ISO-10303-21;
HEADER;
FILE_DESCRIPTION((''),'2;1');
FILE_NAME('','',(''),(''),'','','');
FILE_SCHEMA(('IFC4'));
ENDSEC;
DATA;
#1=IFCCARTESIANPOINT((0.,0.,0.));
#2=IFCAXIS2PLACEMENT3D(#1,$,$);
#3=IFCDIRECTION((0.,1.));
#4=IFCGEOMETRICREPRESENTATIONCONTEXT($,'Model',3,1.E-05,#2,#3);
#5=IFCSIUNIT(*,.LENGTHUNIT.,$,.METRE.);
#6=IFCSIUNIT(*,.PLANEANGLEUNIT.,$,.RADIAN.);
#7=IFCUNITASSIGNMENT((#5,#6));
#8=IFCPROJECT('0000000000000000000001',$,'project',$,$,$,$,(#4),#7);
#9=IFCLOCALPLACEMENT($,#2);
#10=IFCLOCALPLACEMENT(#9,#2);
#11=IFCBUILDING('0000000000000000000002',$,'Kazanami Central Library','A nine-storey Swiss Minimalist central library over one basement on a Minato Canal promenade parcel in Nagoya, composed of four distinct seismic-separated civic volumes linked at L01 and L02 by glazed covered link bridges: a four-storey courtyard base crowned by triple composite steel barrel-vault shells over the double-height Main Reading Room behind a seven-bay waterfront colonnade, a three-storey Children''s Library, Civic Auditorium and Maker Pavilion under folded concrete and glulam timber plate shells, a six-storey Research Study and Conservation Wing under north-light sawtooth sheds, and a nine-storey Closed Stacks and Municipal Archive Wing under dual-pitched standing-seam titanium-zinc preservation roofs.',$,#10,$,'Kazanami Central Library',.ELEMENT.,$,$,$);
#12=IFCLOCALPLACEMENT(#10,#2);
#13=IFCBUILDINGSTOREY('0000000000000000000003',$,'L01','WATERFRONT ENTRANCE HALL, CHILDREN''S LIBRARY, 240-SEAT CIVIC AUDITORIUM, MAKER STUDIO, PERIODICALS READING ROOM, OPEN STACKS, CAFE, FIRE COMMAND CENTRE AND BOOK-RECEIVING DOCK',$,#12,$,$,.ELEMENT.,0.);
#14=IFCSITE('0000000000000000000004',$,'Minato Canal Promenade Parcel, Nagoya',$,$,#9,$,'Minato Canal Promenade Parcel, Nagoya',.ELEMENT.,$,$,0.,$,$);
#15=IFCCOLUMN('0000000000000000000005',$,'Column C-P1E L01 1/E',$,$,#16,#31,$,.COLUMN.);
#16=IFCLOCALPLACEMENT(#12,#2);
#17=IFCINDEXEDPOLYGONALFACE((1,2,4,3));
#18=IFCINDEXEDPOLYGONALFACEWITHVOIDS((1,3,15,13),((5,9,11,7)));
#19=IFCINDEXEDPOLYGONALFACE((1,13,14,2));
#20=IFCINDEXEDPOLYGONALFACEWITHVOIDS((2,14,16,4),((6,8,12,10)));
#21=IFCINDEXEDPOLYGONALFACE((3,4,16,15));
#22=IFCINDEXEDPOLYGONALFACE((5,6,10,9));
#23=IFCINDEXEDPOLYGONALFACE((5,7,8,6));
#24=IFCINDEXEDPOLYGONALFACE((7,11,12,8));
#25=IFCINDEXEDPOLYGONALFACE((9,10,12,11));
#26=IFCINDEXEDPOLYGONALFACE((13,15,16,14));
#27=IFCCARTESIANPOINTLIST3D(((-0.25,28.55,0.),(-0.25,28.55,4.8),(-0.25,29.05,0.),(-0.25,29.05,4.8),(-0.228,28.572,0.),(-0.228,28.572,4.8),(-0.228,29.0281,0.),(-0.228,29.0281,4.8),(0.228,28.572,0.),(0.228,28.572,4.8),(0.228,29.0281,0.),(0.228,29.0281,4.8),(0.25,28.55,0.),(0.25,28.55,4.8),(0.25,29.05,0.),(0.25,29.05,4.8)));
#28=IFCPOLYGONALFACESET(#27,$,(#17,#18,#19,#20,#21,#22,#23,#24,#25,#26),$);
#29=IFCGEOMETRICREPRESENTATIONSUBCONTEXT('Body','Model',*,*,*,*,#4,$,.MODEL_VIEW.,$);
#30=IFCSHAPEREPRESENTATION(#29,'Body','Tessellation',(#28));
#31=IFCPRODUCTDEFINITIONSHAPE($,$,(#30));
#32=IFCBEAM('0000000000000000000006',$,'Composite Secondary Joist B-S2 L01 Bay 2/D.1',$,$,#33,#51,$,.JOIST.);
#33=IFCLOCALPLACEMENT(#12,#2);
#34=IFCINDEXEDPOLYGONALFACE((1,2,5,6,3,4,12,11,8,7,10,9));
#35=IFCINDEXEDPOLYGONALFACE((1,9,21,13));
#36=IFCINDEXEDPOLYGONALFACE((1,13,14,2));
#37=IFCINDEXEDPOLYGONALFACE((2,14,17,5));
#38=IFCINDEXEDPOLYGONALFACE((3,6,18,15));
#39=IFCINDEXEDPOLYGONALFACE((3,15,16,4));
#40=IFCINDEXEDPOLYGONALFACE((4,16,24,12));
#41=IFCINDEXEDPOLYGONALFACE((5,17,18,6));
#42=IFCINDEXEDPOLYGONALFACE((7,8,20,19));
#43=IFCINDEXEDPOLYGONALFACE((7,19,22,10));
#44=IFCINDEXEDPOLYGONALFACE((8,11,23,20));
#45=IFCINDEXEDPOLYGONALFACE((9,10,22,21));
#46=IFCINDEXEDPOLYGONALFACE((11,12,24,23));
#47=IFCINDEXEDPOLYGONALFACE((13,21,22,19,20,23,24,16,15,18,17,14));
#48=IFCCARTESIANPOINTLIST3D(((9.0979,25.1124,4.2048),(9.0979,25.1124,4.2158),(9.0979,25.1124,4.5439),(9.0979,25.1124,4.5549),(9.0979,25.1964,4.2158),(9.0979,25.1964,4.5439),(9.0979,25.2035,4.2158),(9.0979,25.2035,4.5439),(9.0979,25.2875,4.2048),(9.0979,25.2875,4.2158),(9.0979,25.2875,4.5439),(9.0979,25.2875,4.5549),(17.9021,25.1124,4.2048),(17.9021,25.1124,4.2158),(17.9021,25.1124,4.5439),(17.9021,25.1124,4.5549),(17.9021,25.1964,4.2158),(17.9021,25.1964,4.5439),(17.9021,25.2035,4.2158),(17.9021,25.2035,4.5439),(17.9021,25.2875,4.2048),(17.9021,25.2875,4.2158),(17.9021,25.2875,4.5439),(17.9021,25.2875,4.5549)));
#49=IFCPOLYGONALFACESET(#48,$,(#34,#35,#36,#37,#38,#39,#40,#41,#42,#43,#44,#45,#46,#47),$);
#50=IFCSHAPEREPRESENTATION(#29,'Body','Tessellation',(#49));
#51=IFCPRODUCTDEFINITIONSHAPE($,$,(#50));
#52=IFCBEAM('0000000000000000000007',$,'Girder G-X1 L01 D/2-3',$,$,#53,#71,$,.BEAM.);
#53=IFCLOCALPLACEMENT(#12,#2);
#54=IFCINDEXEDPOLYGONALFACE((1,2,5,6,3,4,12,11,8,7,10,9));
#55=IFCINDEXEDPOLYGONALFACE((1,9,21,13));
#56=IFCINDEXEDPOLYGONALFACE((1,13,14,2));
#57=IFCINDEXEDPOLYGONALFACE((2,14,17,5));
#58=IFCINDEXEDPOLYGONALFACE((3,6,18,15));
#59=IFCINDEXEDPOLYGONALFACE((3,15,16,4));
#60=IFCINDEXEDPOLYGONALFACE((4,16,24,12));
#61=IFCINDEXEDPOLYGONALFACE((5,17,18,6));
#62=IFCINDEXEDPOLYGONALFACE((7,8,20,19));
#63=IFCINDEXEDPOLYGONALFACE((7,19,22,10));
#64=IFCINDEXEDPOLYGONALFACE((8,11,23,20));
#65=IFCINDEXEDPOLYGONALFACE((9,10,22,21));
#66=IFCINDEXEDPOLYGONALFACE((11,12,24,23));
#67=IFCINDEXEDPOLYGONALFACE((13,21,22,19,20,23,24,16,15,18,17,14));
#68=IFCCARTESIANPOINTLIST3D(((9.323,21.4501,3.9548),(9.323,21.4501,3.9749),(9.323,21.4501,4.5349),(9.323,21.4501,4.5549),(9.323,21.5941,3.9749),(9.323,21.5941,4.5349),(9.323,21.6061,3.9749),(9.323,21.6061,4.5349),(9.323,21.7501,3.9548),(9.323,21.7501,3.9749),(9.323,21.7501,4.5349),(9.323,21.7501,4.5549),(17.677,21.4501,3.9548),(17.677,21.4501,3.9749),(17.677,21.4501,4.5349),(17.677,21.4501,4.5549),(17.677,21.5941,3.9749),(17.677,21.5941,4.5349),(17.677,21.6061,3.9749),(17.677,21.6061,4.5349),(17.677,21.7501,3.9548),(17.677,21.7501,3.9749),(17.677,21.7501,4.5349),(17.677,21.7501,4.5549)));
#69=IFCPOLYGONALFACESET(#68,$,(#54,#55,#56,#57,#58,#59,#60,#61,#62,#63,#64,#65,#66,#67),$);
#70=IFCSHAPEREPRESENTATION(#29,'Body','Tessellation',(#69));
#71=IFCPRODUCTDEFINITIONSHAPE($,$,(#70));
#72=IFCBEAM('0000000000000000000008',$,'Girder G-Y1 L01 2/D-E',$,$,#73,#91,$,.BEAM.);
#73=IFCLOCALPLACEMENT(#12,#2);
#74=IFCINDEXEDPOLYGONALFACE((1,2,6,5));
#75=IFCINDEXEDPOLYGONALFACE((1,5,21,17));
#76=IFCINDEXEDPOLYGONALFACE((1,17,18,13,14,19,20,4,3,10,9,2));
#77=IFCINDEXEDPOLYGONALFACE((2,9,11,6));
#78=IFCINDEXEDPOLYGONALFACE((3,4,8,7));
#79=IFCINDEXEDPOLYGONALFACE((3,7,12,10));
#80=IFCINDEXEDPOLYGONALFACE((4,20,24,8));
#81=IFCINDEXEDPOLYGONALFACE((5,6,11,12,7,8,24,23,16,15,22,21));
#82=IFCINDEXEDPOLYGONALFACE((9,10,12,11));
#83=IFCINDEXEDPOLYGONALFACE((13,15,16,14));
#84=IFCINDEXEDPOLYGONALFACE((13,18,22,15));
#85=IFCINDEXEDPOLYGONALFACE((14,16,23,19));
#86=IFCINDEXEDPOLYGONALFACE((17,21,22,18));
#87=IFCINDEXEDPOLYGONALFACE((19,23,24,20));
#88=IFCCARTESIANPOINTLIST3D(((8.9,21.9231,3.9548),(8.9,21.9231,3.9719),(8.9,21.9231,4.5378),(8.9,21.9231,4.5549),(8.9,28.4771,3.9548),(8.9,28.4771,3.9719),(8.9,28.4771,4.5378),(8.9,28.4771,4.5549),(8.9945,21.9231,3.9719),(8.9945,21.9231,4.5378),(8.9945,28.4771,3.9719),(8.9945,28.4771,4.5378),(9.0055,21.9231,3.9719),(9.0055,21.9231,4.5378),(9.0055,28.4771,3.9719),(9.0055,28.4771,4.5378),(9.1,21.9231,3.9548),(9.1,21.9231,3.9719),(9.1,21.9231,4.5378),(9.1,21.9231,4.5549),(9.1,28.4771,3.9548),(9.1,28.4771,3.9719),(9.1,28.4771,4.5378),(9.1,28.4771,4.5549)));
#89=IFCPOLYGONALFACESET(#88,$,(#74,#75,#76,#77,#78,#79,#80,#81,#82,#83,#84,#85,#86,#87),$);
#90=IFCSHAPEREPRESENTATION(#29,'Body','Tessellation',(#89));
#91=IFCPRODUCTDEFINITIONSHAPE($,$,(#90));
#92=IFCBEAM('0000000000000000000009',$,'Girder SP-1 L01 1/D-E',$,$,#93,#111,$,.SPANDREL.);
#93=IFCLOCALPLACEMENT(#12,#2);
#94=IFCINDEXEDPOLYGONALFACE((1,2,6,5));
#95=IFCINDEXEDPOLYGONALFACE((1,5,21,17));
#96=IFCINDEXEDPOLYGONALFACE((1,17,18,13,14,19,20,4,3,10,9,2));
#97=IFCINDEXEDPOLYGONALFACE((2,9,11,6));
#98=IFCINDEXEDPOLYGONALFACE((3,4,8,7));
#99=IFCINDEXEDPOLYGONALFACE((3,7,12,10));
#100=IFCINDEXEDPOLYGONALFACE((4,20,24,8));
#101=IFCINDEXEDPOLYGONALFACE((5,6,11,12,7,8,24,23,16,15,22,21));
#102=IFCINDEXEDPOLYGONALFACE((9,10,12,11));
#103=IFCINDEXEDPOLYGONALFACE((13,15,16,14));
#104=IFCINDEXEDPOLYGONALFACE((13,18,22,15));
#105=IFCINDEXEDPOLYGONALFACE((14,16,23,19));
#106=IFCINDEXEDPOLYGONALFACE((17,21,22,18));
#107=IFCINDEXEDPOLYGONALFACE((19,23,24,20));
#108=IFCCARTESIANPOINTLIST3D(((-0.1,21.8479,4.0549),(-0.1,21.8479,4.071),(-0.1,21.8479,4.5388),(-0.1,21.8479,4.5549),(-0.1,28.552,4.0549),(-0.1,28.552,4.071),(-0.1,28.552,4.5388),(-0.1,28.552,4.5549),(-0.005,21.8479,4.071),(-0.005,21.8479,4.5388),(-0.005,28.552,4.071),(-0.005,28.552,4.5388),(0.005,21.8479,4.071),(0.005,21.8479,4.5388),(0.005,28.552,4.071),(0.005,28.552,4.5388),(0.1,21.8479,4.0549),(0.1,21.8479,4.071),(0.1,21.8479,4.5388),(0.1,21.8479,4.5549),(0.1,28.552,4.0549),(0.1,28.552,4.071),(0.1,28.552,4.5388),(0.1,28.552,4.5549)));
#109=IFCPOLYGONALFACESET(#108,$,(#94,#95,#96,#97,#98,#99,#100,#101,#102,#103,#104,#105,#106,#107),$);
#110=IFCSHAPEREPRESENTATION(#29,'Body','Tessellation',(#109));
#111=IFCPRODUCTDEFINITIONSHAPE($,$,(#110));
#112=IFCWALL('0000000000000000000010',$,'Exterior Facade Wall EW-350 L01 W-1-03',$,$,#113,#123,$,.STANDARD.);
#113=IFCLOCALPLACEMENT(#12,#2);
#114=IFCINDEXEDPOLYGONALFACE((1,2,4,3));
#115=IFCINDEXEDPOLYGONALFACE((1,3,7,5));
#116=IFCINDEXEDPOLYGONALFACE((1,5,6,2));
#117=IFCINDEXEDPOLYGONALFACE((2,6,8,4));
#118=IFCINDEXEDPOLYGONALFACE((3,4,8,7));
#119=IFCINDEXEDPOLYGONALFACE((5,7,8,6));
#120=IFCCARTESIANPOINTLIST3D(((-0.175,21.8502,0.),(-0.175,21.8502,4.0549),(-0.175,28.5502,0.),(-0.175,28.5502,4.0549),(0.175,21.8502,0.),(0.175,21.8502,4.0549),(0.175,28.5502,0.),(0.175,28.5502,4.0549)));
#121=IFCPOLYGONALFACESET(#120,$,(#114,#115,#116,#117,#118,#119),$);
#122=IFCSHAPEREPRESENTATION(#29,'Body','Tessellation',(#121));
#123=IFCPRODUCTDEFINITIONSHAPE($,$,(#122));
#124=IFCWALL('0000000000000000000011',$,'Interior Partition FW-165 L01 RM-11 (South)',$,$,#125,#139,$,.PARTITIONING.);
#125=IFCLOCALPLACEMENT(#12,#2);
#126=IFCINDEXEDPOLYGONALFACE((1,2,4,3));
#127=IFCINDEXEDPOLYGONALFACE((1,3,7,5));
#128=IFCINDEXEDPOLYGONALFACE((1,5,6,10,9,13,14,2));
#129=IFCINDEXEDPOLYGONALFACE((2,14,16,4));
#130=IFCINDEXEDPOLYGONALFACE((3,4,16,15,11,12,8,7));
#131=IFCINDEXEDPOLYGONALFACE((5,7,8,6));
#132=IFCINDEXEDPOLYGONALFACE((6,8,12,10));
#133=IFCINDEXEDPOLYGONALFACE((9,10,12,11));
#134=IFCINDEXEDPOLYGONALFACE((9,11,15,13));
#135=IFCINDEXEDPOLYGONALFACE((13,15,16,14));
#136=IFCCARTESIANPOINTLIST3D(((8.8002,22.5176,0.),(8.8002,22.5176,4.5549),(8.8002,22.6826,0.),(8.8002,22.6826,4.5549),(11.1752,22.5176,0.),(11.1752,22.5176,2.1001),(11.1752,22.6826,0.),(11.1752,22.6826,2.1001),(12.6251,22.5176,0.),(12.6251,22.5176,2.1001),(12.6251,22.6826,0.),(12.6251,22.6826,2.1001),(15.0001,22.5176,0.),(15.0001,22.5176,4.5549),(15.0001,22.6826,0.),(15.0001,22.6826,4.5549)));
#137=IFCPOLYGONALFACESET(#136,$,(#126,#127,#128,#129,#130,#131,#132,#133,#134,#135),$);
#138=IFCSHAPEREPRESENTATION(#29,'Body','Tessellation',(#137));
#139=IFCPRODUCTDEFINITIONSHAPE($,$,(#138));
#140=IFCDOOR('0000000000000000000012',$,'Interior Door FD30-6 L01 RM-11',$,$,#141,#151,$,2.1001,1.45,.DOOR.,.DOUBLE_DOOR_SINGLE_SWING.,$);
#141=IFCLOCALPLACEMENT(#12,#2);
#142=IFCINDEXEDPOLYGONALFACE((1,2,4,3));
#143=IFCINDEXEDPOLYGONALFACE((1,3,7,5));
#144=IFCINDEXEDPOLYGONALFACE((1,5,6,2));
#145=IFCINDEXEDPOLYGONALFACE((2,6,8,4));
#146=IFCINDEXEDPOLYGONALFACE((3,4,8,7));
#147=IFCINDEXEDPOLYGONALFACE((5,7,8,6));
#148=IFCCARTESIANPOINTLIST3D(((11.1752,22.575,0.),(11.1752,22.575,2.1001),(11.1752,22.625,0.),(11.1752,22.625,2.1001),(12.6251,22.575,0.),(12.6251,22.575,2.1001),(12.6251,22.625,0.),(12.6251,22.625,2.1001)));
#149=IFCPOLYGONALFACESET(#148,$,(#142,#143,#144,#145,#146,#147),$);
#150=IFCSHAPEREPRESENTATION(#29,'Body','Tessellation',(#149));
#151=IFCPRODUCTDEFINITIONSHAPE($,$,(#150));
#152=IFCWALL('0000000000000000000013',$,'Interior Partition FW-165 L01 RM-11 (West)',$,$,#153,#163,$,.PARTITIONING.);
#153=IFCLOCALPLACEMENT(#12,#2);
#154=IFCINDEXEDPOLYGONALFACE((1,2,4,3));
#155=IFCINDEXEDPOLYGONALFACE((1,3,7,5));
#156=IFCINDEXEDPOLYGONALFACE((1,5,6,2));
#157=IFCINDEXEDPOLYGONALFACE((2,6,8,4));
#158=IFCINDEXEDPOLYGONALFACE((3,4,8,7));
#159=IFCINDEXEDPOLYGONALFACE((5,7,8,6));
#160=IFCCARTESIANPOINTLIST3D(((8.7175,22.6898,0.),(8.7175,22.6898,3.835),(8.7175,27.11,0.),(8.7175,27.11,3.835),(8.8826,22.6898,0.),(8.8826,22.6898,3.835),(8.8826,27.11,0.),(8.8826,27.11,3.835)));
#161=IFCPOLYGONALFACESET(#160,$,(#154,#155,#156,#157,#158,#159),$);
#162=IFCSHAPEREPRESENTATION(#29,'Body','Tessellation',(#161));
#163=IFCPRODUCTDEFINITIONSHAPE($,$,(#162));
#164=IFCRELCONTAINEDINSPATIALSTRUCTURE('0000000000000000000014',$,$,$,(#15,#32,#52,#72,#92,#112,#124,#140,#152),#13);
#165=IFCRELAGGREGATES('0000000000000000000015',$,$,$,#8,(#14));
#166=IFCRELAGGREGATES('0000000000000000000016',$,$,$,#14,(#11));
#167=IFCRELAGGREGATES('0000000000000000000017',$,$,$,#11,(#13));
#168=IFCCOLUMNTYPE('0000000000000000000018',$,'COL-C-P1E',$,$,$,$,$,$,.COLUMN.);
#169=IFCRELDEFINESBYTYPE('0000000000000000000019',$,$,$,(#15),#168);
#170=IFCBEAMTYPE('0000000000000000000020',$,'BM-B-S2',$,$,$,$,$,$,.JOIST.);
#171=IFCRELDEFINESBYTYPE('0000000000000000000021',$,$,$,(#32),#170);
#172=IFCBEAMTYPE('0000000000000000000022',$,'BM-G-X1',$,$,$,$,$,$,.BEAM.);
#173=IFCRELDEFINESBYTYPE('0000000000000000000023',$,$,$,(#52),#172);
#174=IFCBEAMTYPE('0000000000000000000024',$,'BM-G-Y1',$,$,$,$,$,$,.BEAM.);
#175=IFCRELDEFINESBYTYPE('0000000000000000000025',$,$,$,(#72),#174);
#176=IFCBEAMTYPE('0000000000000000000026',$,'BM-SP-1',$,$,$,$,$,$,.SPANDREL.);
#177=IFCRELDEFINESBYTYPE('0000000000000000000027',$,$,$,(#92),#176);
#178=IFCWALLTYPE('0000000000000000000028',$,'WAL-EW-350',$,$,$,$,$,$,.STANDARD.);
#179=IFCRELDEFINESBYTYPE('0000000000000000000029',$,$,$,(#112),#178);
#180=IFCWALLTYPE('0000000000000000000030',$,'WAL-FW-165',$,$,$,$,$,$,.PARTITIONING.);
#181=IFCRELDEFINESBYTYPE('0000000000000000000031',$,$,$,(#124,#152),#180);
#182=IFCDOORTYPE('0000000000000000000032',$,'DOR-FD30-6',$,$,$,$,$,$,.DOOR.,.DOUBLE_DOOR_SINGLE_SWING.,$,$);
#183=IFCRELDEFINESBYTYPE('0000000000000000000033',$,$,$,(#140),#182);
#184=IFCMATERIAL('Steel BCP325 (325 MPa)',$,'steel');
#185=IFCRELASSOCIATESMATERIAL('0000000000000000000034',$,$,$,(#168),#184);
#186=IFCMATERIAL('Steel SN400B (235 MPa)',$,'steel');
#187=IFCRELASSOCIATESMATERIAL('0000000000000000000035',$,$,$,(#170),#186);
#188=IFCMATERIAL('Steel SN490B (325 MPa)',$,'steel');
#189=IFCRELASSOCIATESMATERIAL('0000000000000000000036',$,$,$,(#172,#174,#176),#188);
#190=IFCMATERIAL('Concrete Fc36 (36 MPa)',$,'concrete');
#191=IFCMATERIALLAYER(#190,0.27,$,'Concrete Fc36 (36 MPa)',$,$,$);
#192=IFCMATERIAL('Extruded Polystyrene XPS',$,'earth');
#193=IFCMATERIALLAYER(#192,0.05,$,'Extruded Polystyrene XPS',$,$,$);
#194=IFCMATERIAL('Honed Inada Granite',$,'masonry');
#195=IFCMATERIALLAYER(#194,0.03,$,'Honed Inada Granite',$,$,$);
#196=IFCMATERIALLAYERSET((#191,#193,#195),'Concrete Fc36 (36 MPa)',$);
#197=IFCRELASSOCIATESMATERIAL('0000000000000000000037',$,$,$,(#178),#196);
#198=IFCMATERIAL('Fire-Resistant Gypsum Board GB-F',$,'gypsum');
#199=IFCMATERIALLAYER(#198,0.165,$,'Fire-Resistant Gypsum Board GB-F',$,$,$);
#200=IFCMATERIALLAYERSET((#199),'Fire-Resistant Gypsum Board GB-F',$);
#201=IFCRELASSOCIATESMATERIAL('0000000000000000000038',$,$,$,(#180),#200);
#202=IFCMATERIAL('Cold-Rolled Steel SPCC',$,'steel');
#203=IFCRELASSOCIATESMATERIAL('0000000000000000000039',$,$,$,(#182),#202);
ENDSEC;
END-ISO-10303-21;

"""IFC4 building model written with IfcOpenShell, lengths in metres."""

from ifc_helpers import new_model, si_unit, direction, frame, frame_2d, origin, origin_2d, place, context, subcontext, project, spatial, rectangle, hollow_rectangle, i_section, extrude, material, layer, layer_set, material_profile, profile_set, type_object, element, fill, save


model = new_model("IFC4")

# Units and contexts
model_context = context("Model", 3, precision=1e-05, world=origin(), true_north=direction((0.0, 1.0)))
body_context = subcontext(model_context, "Body", "Model", "MODEL_VIEW")
ifc_project = project(units=[si_unit("LENGTHUNIT", "METRE"), si_unit("PLANEANGLEUNIT", "RADIAN")], contexts=[model_context])

# Site, building, storey
site_placement = place(None, origin())
site = spatial("IfcSite", under=ifc_project, at=site_placement, Name="Minato Canal Promenade Parcel, Nagoya", LongName="Minato Canal Promenade Parcel, Nagoya", CompositionType="ELEMENT", RefElevation=0.0)
building_placement = place(site_placement, origin())
building = spatial("IfcBuilding", under=site, at=building_placement, Name="Kazanami Central Library", Description="A nine-storey Swiss Minimalist central library over one basement on a Minato Canal promenade parcel in Nagoya, composed of four distinct seismic-separated civic volumes linked at L01 and L02 by glazed covered link bridges: a four-storey courtyard base crowned by triple composite steel barrel-vault shells over the double-height Main Reading Room behind a seven-bay waterfront colonnade, a three-storey Children's Library, Civic Auditorium and Maker Pavilion under folded concrete and glulam timber plate shells, a six-storey Research Study and Conservation Wing under north-light sawtooth sheds, and a nine-storey Closed Stacks and Municipal Archive Wing under dual-pitched standing-seam titanium-zinc preservation roofs.", LongName="Kazanami Central Library", CompositionType="ELEMENT")
storey_placement = place(building_placement, origin())
storey = spatial("IfcBuildingStorey", under=building, at=storey_placement, Name="L01", Description="WATERFRONT ENTRANCE HALL, CHILDREN'S LIBRARY, 240-SEAT CIVIC AUDITORIUM, MAKER STUDIO, PERIODICALS READING ROOM, OPEN STACKS, CAFE, FIRE COMMAND CENTRE AND BOOK-RECEIVING DOCK", CompositionType="ELEMENT", Elevation=0.0)

# Column
ifc_material_1 = material(Name="Steel BCP325 (325 MPa)", Category="steel")
ifc_material_profile_1 = material_profile(ifc_material_1, hollow_rectangle(XDim=0.5, YDim=0.5, WallThickness=0.022, at=origin_2d()), Name="BCP-500x500x22")
ifc_profile_set_1 = profile_set([ifc_material_profile_1], Name="Steel BCP325 (325 MPa)")
column_type = type_object("IfcColumnType", Name="COL-C-P1E", PredefinedType="COLUMN", material=ifc_profile_set_1)
column_placement = place(storey_placement, frame((0.0, 28.8, 0.0), z_axis=(0.0, 0.0, 1.0), x_axis=(1.0, 0.0, 0.0)))
element("IfcColumn", 1, at=column_placement, inside=storey, type_object=column_type, Name="Column C-P1E L01 1/E", PredefinedType="COLUMN", context=body_context, shape_type="SweptSolid", body=[
    extrude(hollow_rectangle(XDim=0.5, YDim=0.5, WallThickness=0.022, at=origin_2d()), origin(), (0.0, 0.0, 1.0), 4.8),
])

# Beams
ifc_material_2 = material(Name="Steel SN400B (235 MPa)", Category="steel")
ifc_material_profile_2 = material_profile(ifc_material_2, i_section(OverallWidth=0.175, OverallDepth=0.3501, WebThickness=0.0071, FlangeThickness=0.011, at=origin_2d()), Name="H-350x175x7x11")
ifc_profile_set_2 = profile_set([ifc_material_profile_2], Name="Steel SN400B (235 MPa)")
beam_type_1 = type_object("IfcBeamType", Name="BM-B-S2", PredefinedType="JOIST", material=ifc_profile_set_2)
beam_1_placement = place(storey_placement, frame((9.0979, 25.2, 4.3799), z_axis=(1.0, 0.0, 0.0), x_axis=(0.0, 1.0, 0.0)))
element("IfcBeam", 2, at=beam_1_placement, inside=storey, type_object=beam_type_1, Name="Composite Secondary Joist B-S2 L01 Bay 2/D.1", PredefinedType="JOIST", context=body_context, shape_type="SweptSolid", body=[
    extrude(i_section(OverallWidth=0.175, OverallDepth=0.3501, WebThickness=0.0071, FlangeThickness=0.011, at=origin_2d()), origin(), (0.0, 0.0, 1.0), 8.8042),
])
ifc_material_3 = material(Name="Steel SN490B (325 MPa)", Category="steel")
ifc_material_profile_3 = material_profile(ifc_material_3, i_section(OverallWidth=0.3, OverallDepth=0.6001, WebThickness=0.012, FlangeThickness=0.02, at=origin_2d()), Name="H-600x300x12x20")
ifc_profile_set_3 = profile_set([ifc_material_profile_3], Name="Steel SN490B (325 MPa)")
beam_type_2 = type_object("IfcBeamType", Name="BM-G-X1", PredefinedType="BEAM", material=ifc_profile_set_3)
beam_2_placement = place(storey_placement, frame((9.323, 21.6001, 4.2549), z_axis=(1.0, 0.0, 0.0), x_axis=(0.0, 1.0, 0.0)))
element("IfcBeam", 3, at=beam_2_placement, inside=storey, type_object=beam_type_2, Name="Girder G-X1 L01 D/2-3", PredefinedType="BEAM", context=body_context, shape_type="SweptSolid", body=[
    extrude(i_section(OverallWidth=0.3, OverallDepth=0.6001, WebThickness=0.012, FlangeThickness=0.02, at=origin_2d()), origin(), (0.0, 0.0, 1.0), 8.354),
])
ifc_material_profile_4 = material_profile(ifc_material_3, i_section(OverallWidth=0.2, OverallDepth=0.6001, WebThickness=0.011, FlangeThickness=0.0171, at=origin_2d()), Name="H-600x200x11x17")
ifc_profile_set_4 = profile_set([ifc_material_profile_4], Name="Steel SN490B (325 MPa)")
beam_type_3 = type_object("IfcBeamType", Name="BM-G-Y1", PredefinedType="BEAM", material=ifc_profile_set_4)
beam_3_placement = place(storey_placement, frame((9.0, 21.9231, 4.2549), z_axis=(0.0, 1.0, 0.0), x_axis=(-1.0, 0.0, 0.0)))
element("IfcBeam", 4, at=beam_3_placement, inside=storey, type_object=beam_type_3, Name="Girder G-Y1 L01 2/D-E", PredefinedType="BEAM", context=body_context, shape_type="SweptSolid", body=[
    extrude(i_section(OverallWidth=0.2, OverallDepth=0.6001, WebThickness=0.011, FlangeThickness=0.0171, at=origin_2d()), origin(), (0.0, 0.0, 1.0), 6.554),
])
ifc_material_profile_5 = material_profile(ifc_material_3, i_section(OverallWidth=0.2, OverallDepth=0.5, WebThickness=0.01, FlangeThickness=0.0161, at=origin_2d()), Name="H-500x200x10x16")
ifc_profile_set_5 = profile_set([ifc_material_profile_5], Name="Steel SN490B (325 MPa)")
beam_type_4 = type_object("IfcBeamType", Name="BM-SP-1", PredefinedType="SPANDREL", material=ifc_profile_set_5)
beam_4_placement = place(storey_placement, frame((0.0, 21.8479, 4.3049), z_axis=(0.0, 1.0, 0.0), x_axis=(-1.0, 0.0, 0.0)))
element("IfcBeam", 5, at=beam_4_placement, inside=storey, type_object=beam_type_4, Name="Girder SP-1 L01 1/D-E", PredefinedType="SPANDREL", context=body_context, shape_type="SweptSolid", body=[
    extrude(i_section(OverallWidth=0.2, OverallDepth=0.5, WebThickness=0.01, FlangeThickness=0.0161, at=origin_2d()), origin(), (0.0, 0.0, 1.0), 6.7041),
])

# Wall
ifc_material_4 = material(Name="Concrete Fc36 (36 MPa)", Category="concrete")
ifc_layer_1 = layer(ifc_material_4, 0.27, Name="Concrete Fc36 (36 MPa)")
ifc_material_5 = material(Name="Extruded Polystyrene XPS", Category="earth")
ifc_layer_2 = layer(ifc_material_5, 0.05, Name="Extruded Polystyrene XPS")
ifc_material_6 = material(Name="Honed Inada Granite", Category="masonry")
ifc_layer_3 = layer(ifc_material_6, 0.03, Name="Honed Inada Granite")
ifc_layer_set_1 = layer_set([ifc_layer_1, ifc_layer_2, ifc_layer_3], Name="Concrete Fc36 (36 MPa)")
wall_type_1 = type_object("IfcWallType", Name="WAL-EW-350", PredefinedType="STANDARD", material=ifc_layer_set_1)
wall_1_placement = place(storey_placement, frame((0.0, 21.8501, 0.0), z_axis=(0.0, 0.0, 1.0), x_axis=(0.0, 1.0, 0.0)))
element("IfcWall", 6, at=wall_1_placement, inside=storey, type_object=wall_type_1, Name="Exterior Facade Wall EW-350 L01 W-1-03", PredefinedType="STANDARD", context=body_context, shape_type="SweptSolid", body=[
    extrude(rectangle(XDim=6.7, YDim=0.3501, at=frame_2d((3.3501, 0.0))), origin(), (0.0, 0.0, 1.0), 4.0549),
])

# Wall, opening, door
ifc_material_7 = material(Name="Fire-Resistant Gypsum Board GB-F", Category="gypsum")
ifc_layer_4 = layer(ifc_material_7, 0.165, Name="Fire-Resistant Gypsum Board GB-F")
ifc_layer_set_2 = layer_set([ifc_layer_4], Name="Fire-Resistant Gypsum Board GB-F")
wall_type_2 = type_object("IfcWallType", Name="WAL-FW-165", PredefinedType="PARTITIONING", material=ifc_layer_set_2)
wall_2_placement = place(storey_placement, frame((8.8, 22.6001, 0.0), z_axis=(0.0, 0.0, 1.0), x_axis=(1.0, 0.0, 0.0)))
wall_2 = element("IfcWall", 7, at=wall_2_placement, inside=storey, type_object=wall_type_2, Name="Interior Partition FW-165 L01 RM-11 (South)", PredefinedType="PARTITIONING", context=body_context, shape_type="SweptSolid", body=[
    extrude(rectangle(XDim=6.2, YDim=0.165, at=frame_2d((3.1001, 0.0))), origin(), (0.0, 0.0, 1.0), 4.5549),
])
opening_1_placement = place(wall_2_placement, frame((2.375, 0.0, 0.0)))
opening_1 = element("IfcOpeningElement", 8, at=opening_1_placement, cuts=wall_2, PredefinedType="OPENING", context=body_context, shape_type="SweptSolid", body=[
    extrude(rectangle(XDim=1.45, YDim=2.1001, at=frame_2d((0.7251, 1.05))), frame((0.0, 0.0945, 0.0), z_axis=(0.0, -1.0, 0.0), x_axis=(1.0, 0.0, 0.0)), (0.0, 0.0, 1.0), 0.189),
])
ifc_material_8 = material(Name="Cold-Rolled Steel SPCC", Category="steel")
door_type_1 = type_object("IfcDoorType", Name="DOR-FD30-6", OperationType="DOUBLE_DOOR_SINGLE_SWING", PredefinedType="DOOR", material=ifc_material_8)
door_1_placement = place(opening_1_placement, origin())
door_1 = element("IfcDoor", 9, at=door_1_placement, inside=storey, type_object=door_type_1, Name="Interior Door FD30-6 L01 RM-11", OperationType="DOUBLE_DOOR_SINGLE_SWING", OverallHeight=2.1001, OverallWidth=1.45, PredefinedType="DOOR", context=body_context, shape_type="SweptSolid", body=[
    extrude(rectangle(XDim=1.45, YDim=2.1001, at=frame_2d((0.7251, 1.05))), frame((0.0, 0.0249, 0.0), z_axis=(0.0, -1.0, 0.0), x_axis=(1.0, 0.0, 0.0)), (0.0, 0.0, 1.0), 0.05),
])
fill(opening_1, door_1)

# Wall
wall_3_placement = place(storey_placement, frame((8.8, 22.6899, 0.0), z_axis=(0.0, 0.0, 1.0), x_axis=(0.0, 1.0, 0.0)))
element("IfcWall", 10, at=wall_3_placement, inside=storey, type_object=wall_type_2, Name="Interior Partition FW-165 L01 RM-11 (West)", PredefinedType="PARTITIONING", context=body_context, shape_type="SweptSolid", body=[
    extrude(rectangle(XDim=4.4202, YDim=0.165, at=frame_2d((2.21, 0.0))), origin(), (0.0, 0.0, 1.0), 3.835),
])

save(model, "model.ifc")
